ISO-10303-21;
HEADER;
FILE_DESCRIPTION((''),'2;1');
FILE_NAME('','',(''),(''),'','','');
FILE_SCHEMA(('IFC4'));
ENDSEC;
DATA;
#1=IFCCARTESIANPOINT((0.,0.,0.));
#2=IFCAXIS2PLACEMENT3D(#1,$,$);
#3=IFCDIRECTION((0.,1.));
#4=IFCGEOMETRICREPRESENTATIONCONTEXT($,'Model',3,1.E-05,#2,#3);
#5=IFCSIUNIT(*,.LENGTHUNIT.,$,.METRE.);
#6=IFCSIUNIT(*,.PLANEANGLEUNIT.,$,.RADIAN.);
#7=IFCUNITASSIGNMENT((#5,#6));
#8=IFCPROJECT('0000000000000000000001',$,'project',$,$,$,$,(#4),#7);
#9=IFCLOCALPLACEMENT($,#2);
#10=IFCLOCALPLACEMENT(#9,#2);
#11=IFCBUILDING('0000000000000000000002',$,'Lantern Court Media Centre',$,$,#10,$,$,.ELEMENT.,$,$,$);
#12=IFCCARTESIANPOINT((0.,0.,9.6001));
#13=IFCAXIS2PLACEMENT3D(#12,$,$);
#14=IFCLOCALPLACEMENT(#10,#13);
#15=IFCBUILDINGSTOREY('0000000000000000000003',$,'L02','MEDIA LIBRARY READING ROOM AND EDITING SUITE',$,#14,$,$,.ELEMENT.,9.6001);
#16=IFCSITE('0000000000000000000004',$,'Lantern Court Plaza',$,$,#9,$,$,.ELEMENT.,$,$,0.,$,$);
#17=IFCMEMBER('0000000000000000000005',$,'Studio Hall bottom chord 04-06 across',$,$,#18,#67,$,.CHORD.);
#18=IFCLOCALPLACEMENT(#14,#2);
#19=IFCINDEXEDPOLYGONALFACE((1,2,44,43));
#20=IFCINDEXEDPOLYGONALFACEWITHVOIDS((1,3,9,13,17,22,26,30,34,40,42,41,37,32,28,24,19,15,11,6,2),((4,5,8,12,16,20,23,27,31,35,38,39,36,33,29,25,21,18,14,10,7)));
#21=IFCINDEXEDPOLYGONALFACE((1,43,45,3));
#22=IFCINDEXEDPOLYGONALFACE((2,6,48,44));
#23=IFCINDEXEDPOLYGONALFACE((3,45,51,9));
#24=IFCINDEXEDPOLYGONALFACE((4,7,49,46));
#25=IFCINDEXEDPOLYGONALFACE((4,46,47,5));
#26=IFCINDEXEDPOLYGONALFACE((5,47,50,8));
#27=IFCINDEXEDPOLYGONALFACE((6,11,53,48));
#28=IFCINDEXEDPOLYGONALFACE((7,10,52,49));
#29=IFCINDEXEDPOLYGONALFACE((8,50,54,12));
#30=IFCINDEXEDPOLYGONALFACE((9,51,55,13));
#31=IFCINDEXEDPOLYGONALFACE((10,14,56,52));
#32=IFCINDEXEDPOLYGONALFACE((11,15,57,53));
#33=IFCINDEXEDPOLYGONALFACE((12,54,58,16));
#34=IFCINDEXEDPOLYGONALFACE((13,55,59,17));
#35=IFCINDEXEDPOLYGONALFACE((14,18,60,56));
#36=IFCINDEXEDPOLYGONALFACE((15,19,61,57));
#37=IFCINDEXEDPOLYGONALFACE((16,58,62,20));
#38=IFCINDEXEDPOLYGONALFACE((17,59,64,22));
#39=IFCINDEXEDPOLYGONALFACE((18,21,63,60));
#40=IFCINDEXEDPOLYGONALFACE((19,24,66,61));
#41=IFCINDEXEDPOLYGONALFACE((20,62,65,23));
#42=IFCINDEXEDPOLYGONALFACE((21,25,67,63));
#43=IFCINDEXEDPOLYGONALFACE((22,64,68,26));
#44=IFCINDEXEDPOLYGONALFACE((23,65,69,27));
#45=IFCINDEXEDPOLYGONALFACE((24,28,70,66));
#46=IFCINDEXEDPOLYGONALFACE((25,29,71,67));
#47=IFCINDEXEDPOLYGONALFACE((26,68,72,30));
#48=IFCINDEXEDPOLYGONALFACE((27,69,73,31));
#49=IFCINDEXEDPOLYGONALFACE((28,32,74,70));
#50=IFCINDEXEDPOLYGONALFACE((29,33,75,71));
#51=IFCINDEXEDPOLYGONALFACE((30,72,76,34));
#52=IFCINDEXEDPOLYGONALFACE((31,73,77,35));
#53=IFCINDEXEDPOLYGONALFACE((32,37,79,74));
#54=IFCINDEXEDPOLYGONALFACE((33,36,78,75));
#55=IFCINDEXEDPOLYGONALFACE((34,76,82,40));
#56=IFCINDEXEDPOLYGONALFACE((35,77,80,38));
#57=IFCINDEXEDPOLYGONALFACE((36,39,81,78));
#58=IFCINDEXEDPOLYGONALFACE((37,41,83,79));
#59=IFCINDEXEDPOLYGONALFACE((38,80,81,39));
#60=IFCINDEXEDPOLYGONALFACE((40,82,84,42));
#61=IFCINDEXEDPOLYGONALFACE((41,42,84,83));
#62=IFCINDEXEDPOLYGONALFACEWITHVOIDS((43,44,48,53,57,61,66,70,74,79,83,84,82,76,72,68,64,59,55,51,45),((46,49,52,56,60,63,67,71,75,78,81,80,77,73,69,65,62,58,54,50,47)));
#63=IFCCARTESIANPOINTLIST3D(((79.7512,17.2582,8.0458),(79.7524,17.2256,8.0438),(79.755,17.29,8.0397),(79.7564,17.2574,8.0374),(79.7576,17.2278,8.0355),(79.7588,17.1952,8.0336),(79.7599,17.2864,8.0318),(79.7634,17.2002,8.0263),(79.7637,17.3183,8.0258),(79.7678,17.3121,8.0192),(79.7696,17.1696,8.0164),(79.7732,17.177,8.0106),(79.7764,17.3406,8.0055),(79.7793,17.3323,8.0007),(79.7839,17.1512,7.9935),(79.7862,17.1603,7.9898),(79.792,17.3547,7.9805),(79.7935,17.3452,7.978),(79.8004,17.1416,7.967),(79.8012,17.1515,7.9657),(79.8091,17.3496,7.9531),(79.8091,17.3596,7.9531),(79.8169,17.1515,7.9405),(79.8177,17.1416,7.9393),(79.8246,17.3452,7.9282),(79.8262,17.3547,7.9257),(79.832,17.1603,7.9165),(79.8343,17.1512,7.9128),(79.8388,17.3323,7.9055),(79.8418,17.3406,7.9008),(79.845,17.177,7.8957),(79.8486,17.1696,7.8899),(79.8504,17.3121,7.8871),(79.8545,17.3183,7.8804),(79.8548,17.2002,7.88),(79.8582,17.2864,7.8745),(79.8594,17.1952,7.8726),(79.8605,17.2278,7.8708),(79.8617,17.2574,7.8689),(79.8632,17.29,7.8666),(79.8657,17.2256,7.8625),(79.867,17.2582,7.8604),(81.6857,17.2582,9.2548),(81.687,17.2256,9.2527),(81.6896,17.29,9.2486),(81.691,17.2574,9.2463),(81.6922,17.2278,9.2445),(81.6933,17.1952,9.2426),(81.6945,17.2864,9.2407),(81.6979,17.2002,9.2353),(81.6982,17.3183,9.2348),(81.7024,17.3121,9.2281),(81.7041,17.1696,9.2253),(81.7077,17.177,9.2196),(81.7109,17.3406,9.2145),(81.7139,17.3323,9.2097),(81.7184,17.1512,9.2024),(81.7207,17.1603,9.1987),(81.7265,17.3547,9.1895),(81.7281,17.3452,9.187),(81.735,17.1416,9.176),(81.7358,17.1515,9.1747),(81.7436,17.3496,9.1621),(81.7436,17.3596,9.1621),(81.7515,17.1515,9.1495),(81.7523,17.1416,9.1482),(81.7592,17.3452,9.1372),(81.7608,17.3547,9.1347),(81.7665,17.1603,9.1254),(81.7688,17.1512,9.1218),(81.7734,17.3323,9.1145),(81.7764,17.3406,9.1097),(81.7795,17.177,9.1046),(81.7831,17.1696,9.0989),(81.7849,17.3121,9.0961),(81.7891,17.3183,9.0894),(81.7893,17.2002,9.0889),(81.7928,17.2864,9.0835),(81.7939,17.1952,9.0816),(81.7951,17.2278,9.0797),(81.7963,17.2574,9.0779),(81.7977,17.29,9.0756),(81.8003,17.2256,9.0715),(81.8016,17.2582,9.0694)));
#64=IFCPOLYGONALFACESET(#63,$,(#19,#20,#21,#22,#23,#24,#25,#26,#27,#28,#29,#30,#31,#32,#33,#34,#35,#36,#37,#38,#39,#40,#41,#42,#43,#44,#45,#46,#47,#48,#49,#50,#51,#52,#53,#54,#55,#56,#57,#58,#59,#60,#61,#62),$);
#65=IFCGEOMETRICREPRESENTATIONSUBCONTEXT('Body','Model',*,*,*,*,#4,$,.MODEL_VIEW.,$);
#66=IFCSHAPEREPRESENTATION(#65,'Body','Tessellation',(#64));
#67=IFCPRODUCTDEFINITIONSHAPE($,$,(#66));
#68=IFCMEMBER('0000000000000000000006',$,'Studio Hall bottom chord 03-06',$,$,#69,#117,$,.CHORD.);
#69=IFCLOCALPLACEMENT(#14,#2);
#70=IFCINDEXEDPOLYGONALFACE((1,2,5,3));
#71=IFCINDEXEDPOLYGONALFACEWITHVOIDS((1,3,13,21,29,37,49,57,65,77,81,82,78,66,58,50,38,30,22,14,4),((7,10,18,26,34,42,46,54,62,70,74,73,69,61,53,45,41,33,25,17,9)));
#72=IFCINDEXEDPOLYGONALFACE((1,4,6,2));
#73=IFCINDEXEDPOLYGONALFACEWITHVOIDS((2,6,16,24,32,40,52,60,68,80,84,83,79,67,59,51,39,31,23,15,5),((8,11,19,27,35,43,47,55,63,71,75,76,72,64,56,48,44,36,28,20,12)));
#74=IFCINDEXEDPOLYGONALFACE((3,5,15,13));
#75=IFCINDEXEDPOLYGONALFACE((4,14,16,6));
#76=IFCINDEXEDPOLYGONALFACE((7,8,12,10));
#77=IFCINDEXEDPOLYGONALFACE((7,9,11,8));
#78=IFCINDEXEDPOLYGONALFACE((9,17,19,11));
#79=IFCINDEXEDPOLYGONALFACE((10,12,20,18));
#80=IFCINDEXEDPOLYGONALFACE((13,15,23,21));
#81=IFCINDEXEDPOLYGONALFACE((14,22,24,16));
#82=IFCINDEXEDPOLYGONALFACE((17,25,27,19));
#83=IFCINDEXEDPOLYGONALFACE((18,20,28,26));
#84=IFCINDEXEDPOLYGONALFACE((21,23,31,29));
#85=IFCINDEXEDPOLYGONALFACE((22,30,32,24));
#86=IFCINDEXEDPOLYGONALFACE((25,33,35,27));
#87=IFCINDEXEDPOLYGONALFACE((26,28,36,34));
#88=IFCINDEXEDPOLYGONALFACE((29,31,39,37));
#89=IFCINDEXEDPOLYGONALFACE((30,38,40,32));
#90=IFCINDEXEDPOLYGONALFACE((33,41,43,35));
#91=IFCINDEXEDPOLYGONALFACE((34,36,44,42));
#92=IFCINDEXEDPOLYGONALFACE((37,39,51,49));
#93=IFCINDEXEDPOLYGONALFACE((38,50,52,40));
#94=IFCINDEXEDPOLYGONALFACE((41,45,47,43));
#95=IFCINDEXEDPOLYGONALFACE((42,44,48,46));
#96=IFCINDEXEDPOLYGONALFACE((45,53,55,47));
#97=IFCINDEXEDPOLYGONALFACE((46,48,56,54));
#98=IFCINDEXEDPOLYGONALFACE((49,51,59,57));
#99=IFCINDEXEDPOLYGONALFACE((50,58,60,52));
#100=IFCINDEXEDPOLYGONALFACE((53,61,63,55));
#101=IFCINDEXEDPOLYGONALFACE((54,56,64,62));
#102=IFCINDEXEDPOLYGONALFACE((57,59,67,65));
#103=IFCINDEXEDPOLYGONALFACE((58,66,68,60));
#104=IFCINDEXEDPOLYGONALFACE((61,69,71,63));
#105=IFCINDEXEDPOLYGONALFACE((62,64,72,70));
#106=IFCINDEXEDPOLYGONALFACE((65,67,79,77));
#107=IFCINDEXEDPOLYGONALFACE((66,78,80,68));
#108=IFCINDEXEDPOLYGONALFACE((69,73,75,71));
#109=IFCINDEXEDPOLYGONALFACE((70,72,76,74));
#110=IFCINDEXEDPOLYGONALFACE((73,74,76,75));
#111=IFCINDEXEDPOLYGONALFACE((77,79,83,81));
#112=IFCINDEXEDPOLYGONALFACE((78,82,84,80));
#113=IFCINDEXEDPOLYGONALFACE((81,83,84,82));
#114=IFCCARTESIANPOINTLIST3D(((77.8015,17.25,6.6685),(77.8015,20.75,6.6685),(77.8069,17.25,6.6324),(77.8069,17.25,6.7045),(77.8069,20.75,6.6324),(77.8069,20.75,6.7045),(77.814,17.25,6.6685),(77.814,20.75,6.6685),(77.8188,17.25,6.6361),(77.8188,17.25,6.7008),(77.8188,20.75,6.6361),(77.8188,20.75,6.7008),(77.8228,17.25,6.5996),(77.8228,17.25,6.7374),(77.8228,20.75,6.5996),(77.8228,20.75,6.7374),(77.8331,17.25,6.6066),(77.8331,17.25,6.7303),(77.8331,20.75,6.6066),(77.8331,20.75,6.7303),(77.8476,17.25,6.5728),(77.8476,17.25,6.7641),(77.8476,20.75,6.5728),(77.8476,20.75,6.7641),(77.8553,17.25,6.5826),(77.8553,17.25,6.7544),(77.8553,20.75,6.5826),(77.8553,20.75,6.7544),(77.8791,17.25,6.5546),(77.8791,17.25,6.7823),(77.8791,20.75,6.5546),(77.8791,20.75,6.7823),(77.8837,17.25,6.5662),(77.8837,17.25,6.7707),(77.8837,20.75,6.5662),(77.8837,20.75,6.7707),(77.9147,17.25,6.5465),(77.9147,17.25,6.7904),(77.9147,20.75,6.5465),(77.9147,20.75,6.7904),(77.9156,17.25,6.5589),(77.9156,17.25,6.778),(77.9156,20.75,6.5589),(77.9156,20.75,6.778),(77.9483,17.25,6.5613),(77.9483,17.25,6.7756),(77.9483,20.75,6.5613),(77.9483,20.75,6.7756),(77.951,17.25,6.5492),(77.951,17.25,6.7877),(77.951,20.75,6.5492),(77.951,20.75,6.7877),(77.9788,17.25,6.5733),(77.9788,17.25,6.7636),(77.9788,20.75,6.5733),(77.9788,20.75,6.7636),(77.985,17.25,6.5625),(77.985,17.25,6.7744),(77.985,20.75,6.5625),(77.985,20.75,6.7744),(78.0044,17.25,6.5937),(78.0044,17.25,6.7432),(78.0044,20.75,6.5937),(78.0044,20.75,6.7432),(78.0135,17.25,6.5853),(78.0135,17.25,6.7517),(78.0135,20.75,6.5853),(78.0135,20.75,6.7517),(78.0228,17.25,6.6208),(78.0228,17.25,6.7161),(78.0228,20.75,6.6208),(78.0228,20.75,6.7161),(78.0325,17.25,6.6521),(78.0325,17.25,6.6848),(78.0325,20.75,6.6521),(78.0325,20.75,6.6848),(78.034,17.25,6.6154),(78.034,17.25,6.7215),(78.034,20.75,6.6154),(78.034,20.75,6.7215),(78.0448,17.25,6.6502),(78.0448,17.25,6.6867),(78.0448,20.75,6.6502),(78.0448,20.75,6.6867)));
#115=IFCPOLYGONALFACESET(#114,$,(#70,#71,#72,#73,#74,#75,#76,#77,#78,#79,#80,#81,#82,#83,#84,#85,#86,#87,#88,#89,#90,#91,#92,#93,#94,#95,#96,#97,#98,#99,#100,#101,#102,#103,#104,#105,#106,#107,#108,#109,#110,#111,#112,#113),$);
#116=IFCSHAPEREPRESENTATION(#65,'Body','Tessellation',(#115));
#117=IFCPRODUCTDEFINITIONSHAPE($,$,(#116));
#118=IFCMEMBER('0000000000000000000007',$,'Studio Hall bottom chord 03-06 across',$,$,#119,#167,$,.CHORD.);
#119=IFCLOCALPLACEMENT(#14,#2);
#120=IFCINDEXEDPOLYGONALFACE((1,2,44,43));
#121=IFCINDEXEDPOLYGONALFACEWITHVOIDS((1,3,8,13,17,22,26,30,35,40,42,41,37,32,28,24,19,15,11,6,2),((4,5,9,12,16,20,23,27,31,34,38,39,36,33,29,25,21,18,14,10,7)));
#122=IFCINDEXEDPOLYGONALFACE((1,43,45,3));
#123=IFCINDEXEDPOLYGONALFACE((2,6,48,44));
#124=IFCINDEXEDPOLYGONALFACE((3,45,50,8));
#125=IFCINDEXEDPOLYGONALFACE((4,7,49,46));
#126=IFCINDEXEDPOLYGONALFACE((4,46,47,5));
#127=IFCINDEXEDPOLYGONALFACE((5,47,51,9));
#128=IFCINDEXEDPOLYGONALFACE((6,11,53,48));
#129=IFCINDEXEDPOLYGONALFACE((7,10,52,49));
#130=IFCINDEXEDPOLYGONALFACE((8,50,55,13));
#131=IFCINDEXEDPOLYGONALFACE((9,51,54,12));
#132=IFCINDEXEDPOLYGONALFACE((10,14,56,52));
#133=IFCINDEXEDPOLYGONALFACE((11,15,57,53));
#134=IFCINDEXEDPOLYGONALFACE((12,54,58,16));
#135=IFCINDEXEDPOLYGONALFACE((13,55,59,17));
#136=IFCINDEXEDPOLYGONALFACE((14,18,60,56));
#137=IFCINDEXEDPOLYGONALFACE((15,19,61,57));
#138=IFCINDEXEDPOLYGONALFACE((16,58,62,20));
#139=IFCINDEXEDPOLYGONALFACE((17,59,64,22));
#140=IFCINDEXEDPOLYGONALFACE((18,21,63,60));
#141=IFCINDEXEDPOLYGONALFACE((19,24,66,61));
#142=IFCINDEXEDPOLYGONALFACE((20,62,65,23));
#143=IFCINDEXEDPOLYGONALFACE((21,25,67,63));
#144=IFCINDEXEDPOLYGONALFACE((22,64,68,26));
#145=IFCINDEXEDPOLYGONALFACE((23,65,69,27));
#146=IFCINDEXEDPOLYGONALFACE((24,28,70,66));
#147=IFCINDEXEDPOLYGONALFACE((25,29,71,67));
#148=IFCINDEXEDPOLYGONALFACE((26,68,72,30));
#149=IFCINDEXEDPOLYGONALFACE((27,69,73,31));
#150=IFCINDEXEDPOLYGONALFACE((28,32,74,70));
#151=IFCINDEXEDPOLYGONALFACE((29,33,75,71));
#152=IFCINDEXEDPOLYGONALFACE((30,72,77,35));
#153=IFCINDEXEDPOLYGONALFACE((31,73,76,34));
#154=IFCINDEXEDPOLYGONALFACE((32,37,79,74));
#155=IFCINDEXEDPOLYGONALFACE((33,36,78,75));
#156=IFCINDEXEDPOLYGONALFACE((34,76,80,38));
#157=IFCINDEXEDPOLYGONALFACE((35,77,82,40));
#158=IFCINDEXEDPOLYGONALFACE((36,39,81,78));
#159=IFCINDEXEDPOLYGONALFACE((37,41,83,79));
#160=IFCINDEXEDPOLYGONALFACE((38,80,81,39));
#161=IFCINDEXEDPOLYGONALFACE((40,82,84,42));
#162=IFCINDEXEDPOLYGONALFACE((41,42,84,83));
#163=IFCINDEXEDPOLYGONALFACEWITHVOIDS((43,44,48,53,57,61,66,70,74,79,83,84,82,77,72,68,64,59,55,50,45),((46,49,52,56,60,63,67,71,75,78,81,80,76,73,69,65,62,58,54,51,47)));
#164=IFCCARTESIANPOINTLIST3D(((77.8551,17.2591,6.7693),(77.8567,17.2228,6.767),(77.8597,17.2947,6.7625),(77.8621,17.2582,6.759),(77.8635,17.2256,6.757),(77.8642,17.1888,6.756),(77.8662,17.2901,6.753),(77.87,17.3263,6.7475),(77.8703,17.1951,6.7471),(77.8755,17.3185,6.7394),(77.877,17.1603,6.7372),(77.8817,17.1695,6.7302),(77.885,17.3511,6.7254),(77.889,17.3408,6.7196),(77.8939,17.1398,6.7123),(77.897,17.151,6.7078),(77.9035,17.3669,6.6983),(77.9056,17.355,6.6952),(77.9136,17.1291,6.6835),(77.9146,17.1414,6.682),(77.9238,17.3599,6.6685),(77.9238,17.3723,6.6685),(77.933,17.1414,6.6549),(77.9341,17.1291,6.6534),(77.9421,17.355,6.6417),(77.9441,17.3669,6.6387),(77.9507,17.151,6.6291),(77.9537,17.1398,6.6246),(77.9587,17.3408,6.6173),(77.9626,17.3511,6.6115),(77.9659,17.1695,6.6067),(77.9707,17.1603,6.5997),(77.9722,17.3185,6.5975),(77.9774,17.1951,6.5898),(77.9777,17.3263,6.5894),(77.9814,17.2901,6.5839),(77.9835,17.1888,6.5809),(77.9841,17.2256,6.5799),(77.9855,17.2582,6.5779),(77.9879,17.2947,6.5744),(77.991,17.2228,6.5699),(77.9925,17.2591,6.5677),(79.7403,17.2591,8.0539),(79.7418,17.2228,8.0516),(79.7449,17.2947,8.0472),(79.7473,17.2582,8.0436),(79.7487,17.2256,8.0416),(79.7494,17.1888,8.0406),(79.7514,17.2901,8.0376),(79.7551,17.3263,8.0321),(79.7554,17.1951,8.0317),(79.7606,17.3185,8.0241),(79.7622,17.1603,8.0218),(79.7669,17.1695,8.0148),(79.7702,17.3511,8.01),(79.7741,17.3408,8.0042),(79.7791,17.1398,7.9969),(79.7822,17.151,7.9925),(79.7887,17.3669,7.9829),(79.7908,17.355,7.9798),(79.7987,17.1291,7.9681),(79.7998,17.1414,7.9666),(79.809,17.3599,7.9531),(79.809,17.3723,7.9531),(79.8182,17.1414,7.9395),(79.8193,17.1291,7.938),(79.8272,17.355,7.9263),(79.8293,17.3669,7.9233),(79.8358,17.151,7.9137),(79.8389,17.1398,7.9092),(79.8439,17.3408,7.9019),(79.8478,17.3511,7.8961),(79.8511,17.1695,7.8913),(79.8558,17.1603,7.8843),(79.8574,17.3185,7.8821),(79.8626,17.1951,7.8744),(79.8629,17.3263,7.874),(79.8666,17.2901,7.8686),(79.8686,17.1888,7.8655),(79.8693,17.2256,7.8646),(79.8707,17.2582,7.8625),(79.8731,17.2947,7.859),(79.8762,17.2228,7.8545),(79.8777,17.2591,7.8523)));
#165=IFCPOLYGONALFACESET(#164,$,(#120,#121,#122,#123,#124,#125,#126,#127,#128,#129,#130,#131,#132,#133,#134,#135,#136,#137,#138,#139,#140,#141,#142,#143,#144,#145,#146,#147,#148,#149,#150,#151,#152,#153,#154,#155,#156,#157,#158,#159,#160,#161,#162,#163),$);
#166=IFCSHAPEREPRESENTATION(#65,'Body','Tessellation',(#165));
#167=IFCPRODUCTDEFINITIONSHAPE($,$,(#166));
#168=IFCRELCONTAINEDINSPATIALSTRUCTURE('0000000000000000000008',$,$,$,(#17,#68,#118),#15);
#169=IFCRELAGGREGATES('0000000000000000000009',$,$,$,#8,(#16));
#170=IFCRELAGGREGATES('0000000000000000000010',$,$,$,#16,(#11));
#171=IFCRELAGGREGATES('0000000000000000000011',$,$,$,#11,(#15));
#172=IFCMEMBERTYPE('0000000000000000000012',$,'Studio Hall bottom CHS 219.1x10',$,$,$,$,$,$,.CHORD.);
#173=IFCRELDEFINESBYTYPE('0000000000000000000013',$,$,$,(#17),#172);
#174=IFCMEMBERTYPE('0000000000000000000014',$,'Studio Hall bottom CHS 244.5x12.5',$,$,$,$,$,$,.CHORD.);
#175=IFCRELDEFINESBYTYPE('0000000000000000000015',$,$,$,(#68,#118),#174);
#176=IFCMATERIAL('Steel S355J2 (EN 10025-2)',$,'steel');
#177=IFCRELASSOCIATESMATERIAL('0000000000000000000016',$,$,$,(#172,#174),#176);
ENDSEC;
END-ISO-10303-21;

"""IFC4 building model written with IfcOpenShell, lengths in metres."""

from ifc_helpers import new_model, si_unit, direction, frame, origin, origin_2d, place, context, subcontext, project, spatial, hollow_circle, extrude, material, material_profile, profile_set, type_object, element, save


model = new_model("IFC4")

# Units and contexts
model_context = context("Model", 3, precision=1e-05, world=origin(), true_north=direction((0.0, 1.0)))
body_context = subcontext(model_context, "Body", "Model", "MODEL_VIEW")
ifc_project = project(units=[si_unit("LENGTHUNIT", "METRE"), si_unit("PLANEANGLEUNIT", "RADIAN")], contexts=[model_context])

# Site, building, storey
site_placement = place(None, origin())
site = spatial("IfcSite", under=ifc_project, at=site_placement, Name="Lantern Court Plaza", CompositionType="ELEMENT", RefElevation=0.0)
building_placement = place(site_placement, origin())
building = spatial("IfcBuilding", under=site, at=building_placement, Name="Lantern Court Media Centre", CompositionType="ELEMENT")
storey_placement = place(building_placement, frame((0.0, 0.0, 9.6001)))
storey = spatial("IfcBuildingStorey", under=building, at=storey_placement, Name="L02", Description="MEDIA LIBRARY READING ROOM AND EDITING SUITE", CompositionType="ELEMENT", Elevation=9.6001)

# Members
ifc_material = material(Name="Steel S355J2 (EN 10025-2)", Category="steel")
ifc_material_profile_1 = material_profile(ifc_material, hollow_circle(Radius=0.1096, WallThickness=0.01, at=origin_2d()), Name="Studio Hall bottom CHS 219.1x10")
ifc_profile_set_1 = profile_set([ifc_material_profile_1], Name="Steel S355J2 (EN 10025-2)")
member_type_1 = type_object("IfcMemberType", Name="Studio Hall bottom CHS 219.1x10", PredefinedType="CHORD", material=ifc_profile_set_1)
for number, where, z_axis, x_axis, name in (
    (1, (79.8091, 17.25, 7.9531), (0.848022, 0.0, 0.52996), (0.0, 1.0, 0.0), "Studio Hall bottom chord 04-06 across"),
):
    element("IfcMember", number, at=place(storey_placement, frame(where, z_axis=z_axis, x_axis=x_axis)), inside=storey, type_object=member_type_1, Name=name, PredefinedType="CHORD", context=body_context, shape_type="SweptSolid", body=[
        extrude(hollow_circle(Radius=0.1096, WallThickness=0.01, at=origin_2d()), origin(), (0.0, 0.0, 1.0), 2.2812),
    ])
ifc_material_profile_2 = material_profile(ifc_material, hollow_circle(Radius=0.1223, WallThickness=0.0125, at=origin_2d()), Name="Studio Hall bottom CHS 244.5x12.5")
ifc_profile_set_2 = profile_set([ifc_material_profile_2], Name="Steel S355J2 (EN 10025-2)")
member_type_2 = type_object("IfcMemberType", Name="Studio Hall bottom CHS 244.5x12.5", PredefinedType="CHORD", material=ifc_profile_set_2)
member_1_placement = place(storey_placement, frame((77.9238, 17.25, 6.6685), z_axis=(0.0, 1.0, 0.0), x_axis=(-1.0, 0.0, 0.0)))
element("IfcMember", 2, at=member_1_placement, inside=storey, type_object=member_type_2, Name="Studio Hall bottom chord 03-06", PredefinedType="CHORD", context=body_context, shape_type="SweptSolid", body=[
    extrude(hollow_circle(Radius=0.1223, WallThickness=0.0125, at=origin_2d()), origin(), (0.0, 0.0, 1.0), 3.5),
])
member_2_placement = place(storey_placement, frame((77.9238, 17.25, 6.6685), z_axis=(0.826377, 0.0, 0.563118), x_axis=(0.0, 1.0, 0.0)))
element("IfcMember", 3, at=member_2_placement, inside=storey, type_object=member_type_2, Name="Studio Hall bottom chord 03-06 across", PredefinedType="CHORD", context=body_context, shape_type="SweptSolid", body=[
    extrude(hollow_circle(Radius=0.1223, WallThickness=0.0125, at=origin_2d()), origin(), (0.0, 0.0, 1.0), 2.2812),
])

save(model, "model.ifc")
